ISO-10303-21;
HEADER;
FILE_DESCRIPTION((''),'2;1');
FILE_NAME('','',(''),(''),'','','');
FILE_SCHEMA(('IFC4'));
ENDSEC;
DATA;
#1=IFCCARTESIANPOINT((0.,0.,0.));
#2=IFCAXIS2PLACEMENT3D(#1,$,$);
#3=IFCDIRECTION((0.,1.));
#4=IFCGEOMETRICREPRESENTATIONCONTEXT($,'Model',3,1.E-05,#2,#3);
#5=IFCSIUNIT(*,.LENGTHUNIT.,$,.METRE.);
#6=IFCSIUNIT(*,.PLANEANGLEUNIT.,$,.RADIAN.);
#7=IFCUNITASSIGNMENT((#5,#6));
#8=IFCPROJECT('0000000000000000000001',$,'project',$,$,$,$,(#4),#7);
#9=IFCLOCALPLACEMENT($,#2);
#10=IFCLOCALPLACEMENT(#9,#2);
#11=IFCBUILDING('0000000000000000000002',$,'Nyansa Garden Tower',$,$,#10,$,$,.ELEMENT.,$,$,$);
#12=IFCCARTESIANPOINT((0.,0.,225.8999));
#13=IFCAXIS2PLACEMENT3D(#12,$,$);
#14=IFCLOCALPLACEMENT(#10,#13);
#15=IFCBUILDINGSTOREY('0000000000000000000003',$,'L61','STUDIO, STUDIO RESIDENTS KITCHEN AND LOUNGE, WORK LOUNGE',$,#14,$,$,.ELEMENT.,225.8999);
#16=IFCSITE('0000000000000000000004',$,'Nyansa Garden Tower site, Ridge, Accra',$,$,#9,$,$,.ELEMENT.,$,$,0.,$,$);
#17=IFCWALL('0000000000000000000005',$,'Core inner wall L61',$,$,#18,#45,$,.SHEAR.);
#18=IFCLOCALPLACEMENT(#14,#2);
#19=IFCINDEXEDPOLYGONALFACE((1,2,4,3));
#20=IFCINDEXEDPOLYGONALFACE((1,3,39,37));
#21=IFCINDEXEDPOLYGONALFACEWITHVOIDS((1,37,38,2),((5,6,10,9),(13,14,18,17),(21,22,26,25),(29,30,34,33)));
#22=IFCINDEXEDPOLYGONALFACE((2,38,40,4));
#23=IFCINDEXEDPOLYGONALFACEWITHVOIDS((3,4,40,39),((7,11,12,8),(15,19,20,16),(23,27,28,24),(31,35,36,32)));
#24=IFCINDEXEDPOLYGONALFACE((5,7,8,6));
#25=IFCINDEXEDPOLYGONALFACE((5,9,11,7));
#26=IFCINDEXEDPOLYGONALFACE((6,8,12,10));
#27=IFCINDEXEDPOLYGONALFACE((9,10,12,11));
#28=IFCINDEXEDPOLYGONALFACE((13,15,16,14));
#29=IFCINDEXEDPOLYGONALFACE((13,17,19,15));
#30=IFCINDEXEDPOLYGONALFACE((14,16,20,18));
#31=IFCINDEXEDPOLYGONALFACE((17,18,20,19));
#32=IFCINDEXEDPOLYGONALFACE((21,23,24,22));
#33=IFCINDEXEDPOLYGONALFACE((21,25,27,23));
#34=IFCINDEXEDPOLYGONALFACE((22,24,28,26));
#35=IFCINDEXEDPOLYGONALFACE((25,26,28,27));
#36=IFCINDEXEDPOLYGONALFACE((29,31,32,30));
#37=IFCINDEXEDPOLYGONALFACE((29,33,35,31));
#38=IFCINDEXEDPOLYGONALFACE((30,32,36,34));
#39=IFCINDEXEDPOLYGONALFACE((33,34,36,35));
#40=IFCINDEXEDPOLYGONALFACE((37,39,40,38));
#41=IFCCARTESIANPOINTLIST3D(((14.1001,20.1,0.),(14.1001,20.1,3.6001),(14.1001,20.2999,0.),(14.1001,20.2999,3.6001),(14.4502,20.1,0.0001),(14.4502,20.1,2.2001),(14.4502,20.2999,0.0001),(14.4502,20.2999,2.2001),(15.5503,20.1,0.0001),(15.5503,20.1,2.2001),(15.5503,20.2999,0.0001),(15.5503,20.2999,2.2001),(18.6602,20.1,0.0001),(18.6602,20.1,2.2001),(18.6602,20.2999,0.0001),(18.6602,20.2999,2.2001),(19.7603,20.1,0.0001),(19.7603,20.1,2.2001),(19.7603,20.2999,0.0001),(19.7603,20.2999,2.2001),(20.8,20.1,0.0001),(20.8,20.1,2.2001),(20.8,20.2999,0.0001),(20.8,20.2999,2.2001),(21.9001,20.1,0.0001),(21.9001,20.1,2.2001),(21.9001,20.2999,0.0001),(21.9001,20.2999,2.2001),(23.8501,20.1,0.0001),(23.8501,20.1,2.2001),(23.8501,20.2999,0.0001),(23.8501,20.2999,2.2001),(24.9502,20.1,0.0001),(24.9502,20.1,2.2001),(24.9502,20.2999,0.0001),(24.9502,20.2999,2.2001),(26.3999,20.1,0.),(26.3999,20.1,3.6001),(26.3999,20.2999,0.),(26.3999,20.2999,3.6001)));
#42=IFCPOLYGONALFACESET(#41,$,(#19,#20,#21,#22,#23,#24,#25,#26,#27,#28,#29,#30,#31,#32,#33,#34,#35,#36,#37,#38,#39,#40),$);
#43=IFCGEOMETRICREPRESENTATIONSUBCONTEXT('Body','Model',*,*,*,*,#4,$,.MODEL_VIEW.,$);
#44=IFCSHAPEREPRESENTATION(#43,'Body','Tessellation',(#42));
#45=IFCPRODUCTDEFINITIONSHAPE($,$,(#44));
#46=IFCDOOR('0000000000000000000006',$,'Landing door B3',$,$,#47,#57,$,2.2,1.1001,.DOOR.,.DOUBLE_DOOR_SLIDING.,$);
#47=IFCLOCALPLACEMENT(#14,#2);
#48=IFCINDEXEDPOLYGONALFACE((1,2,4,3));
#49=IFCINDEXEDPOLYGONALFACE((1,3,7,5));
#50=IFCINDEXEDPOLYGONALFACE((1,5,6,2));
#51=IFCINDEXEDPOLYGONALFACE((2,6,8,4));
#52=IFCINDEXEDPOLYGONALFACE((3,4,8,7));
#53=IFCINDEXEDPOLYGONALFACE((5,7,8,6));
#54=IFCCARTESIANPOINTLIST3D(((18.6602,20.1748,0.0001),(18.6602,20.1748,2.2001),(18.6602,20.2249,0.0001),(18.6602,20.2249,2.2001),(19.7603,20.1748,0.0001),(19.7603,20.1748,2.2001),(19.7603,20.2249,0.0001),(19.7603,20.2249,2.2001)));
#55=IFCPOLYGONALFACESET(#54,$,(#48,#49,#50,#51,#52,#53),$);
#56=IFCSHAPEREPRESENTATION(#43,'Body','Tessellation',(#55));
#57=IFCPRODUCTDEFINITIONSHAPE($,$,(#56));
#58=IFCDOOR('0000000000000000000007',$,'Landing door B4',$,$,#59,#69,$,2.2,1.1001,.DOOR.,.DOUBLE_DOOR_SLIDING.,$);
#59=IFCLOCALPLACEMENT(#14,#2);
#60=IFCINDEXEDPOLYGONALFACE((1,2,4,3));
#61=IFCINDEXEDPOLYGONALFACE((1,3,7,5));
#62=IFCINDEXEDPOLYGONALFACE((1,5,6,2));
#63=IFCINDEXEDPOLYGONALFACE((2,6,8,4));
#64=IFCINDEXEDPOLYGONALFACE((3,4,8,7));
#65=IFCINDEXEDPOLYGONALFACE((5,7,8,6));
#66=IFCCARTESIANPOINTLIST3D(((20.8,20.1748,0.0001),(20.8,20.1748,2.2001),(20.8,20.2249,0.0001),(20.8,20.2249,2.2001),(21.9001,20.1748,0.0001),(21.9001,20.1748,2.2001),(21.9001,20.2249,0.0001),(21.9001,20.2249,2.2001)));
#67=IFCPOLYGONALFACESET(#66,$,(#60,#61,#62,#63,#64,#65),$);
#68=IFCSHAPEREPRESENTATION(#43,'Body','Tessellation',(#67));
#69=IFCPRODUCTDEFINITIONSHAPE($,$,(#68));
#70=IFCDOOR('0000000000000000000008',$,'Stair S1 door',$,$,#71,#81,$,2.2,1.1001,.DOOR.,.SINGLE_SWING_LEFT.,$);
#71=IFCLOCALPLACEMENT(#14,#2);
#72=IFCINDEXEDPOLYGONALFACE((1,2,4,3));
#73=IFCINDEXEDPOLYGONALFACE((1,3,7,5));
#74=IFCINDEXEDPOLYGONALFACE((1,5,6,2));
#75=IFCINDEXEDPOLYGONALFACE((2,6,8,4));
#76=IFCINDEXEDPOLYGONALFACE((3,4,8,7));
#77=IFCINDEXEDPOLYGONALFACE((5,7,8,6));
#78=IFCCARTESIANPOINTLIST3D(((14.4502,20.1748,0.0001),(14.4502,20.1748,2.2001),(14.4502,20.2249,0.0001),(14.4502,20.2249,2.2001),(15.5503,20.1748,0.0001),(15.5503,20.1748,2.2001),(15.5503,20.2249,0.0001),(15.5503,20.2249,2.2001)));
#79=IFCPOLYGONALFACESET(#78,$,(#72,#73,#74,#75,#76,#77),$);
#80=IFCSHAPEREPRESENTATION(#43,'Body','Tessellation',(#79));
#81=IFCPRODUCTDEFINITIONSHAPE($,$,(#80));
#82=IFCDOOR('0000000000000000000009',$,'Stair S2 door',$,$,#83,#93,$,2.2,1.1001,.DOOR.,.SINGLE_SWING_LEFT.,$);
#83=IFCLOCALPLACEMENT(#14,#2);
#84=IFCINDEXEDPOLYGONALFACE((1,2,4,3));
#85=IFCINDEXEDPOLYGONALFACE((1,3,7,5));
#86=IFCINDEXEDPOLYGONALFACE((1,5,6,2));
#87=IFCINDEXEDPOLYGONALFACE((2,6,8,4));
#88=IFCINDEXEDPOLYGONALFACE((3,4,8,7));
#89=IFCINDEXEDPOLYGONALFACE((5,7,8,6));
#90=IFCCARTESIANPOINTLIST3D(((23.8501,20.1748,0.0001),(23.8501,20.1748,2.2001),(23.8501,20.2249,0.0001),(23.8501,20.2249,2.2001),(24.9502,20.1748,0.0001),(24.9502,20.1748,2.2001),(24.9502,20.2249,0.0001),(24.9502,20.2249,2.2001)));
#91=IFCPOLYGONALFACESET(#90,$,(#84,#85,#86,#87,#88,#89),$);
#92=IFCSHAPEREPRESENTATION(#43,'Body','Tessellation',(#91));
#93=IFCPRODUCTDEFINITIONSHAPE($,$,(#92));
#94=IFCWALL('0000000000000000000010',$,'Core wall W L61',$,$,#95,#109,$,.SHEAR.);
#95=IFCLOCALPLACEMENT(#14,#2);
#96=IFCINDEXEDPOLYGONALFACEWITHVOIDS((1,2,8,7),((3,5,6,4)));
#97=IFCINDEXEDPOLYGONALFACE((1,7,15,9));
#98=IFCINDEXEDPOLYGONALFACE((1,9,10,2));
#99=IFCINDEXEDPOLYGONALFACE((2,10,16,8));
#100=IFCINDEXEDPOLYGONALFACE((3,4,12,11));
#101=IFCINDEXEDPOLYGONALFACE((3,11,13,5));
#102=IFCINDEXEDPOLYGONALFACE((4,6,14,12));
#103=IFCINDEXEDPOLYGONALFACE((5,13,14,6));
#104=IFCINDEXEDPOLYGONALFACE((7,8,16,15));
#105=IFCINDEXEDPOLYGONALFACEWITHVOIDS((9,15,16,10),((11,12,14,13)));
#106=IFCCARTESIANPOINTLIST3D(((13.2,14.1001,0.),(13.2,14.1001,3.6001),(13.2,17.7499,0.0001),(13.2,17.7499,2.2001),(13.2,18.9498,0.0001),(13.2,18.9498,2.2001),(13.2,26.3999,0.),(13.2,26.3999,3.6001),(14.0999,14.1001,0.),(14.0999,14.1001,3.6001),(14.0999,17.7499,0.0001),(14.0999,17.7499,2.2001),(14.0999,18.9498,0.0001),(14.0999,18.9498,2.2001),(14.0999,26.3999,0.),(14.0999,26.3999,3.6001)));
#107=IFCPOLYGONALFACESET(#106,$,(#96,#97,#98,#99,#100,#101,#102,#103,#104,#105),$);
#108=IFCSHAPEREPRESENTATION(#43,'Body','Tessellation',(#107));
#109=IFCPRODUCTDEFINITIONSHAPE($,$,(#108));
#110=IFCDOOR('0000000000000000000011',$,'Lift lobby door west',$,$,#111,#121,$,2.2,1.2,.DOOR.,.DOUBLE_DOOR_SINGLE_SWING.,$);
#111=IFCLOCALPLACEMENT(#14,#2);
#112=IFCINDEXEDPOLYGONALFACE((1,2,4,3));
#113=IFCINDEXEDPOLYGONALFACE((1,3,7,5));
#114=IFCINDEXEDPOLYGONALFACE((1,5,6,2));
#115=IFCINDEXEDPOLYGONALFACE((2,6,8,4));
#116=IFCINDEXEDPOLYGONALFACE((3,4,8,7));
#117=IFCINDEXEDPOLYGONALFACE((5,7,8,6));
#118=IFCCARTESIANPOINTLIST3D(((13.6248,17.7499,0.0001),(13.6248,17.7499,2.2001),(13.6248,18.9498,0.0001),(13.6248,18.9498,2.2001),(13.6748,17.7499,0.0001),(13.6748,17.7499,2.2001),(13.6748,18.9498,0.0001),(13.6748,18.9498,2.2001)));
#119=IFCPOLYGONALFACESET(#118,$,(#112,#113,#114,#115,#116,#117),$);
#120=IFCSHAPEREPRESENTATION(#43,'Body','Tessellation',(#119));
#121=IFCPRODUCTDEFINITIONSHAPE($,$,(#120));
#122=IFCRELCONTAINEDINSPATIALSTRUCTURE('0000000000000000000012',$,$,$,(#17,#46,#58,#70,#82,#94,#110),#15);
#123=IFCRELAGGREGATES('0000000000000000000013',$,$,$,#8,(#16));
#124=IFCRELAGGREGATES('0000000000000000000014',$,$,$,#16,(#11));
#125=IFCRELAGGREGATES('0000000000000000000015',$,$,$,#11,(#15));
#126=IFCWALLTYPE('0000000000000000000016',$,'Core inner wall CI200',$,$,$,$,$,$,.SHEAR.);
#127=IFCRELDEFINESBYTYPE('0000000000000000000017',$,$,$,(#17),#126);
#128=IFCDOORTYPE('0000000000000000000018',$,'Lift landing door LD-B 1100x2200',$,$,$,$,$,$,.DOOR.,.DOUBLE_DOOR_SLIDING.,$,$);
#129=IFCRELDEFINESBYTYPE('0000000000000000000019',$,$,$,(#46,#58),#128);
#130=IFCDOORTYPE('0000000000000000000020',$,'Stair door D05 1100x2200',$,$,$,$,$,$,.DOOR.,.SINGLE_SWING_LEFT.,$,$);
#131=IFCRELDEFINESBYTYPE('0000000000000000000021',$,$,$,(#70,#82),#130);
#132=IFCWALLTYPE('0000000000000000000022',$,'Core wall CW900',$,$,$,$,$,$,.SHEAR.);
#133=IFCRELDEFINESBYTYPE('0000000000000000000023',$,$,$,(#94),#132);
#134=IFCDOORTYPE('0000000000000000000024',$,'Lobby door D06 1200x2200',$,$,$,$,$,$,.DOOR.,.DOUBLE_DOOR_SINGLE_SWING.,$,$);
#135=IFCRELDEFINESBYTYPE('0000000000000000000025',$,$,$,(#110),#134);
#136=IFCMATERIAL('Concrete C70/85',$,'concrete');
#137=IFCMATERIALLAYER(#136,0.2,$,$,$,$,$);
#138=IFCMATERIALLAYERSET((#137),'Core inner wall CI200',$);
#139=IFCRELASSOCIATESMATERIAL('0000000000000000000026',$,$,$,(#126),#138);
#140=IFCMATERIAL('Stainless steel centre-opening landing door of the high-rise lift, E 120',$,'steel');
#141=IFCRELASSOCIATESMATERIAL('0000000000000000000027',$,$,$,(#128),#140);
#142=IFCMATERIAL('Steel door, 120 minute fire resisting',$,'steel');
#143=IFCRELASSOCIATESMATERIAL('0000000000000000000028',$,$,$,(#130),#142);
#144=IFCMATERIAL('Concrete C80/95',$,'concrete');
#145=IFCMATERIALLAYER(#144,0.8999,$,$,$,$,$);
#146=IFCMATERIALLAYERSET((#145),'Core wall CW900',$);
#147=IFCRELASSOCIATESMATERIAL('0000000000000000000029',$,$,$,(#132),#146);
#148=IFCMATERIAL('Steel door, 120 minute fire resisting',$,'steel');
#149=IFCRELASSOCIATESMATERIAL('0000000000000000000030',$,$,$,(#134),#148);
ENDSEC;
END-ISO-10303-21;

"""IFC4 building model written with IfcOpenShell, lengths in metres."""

from ifc_helpers import new_model, si_unit, direction, frame, frame_2d, origin, place, context, subcontext, project, spatial, rectangle, extrude, material, layer, layer_set, type_object, element, fill, save


model = new_model("IFC4")

# Units and contexts
model_context = context("Model", 3, precision=1e-05, world=origin(), true_north=direction((0.0, 1.0)))
body_context = subcontext(model_context, "Body", "Model", "MODEL_VIEW")
ifc_project = project(units=[si_unit("LENGTHUNIT", "METRE"), si_unit("PLANEANGLEUNIT", "RADIAN")], contexts=[model_context])

# Site, building, storey
site_placement = place(None, origin())
site = spatial("IfcSite", under=ifc_project, at=site_placement, Name="Nyansa Garden Tower site, Ridge, Accra", CompositionType="ELEMENT", RefElevation=0.0)
building_placement = place(site_placement, origin())
building = spatial("IfcBuilding", under=site, at=building_placement, Name="Nyansa Garden Tower", CompositionType="ELEMENT")
storey_placement = place(building_placement, frame((0.0, 0.0, 225.8999)))
storey = spatial("IfcBuildingStorey", under=building, at=storey_placement, Name="L61", Description="STUDIO, STUDIO RESIDENTS KITCHEN AND LOUNGE, WORK LOUNGE", CompositionType="ELEMENT", Elevation=225.8999)

# Wall, openings, doors
ifc_material_1 = material(Name="Concrete C70/85", Category="concrete")
ifc_layer_1 = layer(ifc_material_1, 0.2)
ifc_layer_set_1 = layer_set([ifc_layer_1], Name="Core inner wall CI200")
wall_type_1 = type_object("IfcWallType", Name="Core inner wall CI200", PredefinedType="SHEAR", material=ifc_layer_set_1)
wall_1_placement = place(storey_placement, frame((14.1001, 20.2, 0.0), z_axis=(0.0, 0.0, 1.0), x_axis=(1.0, 0.0, 0.0)))
wall_1 = element("IfcWall", 1, at=wall_1_placement, inside=storey, type_object=wall_type_1, Name="Core inner wall L61", PredefinedType="SHEAR", context=body_context, shape_type="SweptSolid", body=[
    extrude(rectangle(XDim=12.2998, YDim=0.2, at=frame_2d((6.1499, 0.0))), origin(), (0.0, 0.0, 1.0), 3.6001),
])
opening_1_placement = place(wall_1_placement, frame((4.5601, 0.0, 0.0)))
opening_1 = element("IfcOpeningElement", 2, at=opening_1_placement, cuts=wall_1, PredefinedType="OPENING", context=body_context, shape_type="SweptSolid", body=[
    extrude(rectangle(XDim=1.1001, YDim=2.2, at=frame_2d((0.55, 1.1001))), frame((0.0, 0.1099, 0.0), z_axis=(0.0, -1.0, 0.0), x_axis=(1.0, 0.0, 0.0)), (0.0, 0.0, 1.0), 0.22),
])
opening_2_placement = place(wall_1_placement, frame((6.7, 0.0, 0.0)))
opening_2 = element("IfcOpeningElement", 3, at=opening_2_placement, cuts=wall_1, PredefinedType="OPENING", context=body_context, shape_type="SweptSolid", body=[
    extrude(rectangle(XDim=1.1001, YDim=2.2, at=frame_2d((0.55, 1.1001))), frame((0.0, 0.1099, 0.0), z_axis=(0.0, -1.0, 0.0), x_axis=(1.0, 0.0, 0.0)), (0.0, 0.0, 1.0), 0.22),
])
opening_3_placement = place(wall_1_placement, frame((0.3501, 0.0, 0.0)))
opening_3 = element("IfcOpeningElement", 4, at=opening_3_placement, cuts=wall_1, PredefinedType="OPENING", context=body_context, shape_type="SweptSolid", body=[
    extrude(rectangle(XDim=1.1001, YDim=2.2, at=frame_2d((0.55, 1.1001))), frame((0.0, 0.1099, 0.0), z_axis=(0.0, -1.0, 0.0), x_axis=(1.0, 0.0, 0.0)), (0.0, 0.0, 1.0), 0.22),
])
opening_4_placement = place(wall_1_placement, frame((9.75, 0.0, 0.0)))
opening_4 = element("IfcOpeningElement", 5, at=opening_4_placement, cuts=wall_1, PredefinedType="OPENING", context=body_context, shape_type="SweptSolid", body=[
    extrude(rectangle(XDim=1.1001, YDim=2.2, at=frame_2d((0.55, 1.1001))), frame((0.0, 0.1099, 0.0), z_axis=(0.0, -1.0, 0.0), x_axis=(1.0, 0.0, 0.0)), (0.0, 0.0, 1.0), 0.22),
])
ifc_material_2 = material(Name="Stainless steel centre-opening landing door of the high-rise lift, E 120", Category="steel")
door_type_1 = type_object("IfcDoorType", Name="Lift landing door LD-B 1100x2200", OperationType="DOUBLE_DOOR_SLIDING", PredefinedType="DOOR", material=ifc_material_2)
door_1_placement = place(opening_1_placement, origin())
door_1 = element("IfcDoor", 6, at=door_1_placement, inside=storey, type_object=door_type_1, Name="Landing door B3", OperationType="DOUBLE_DOOR_SLIDING", OverallHeight=2.2, OverallWidth=1.1001, PredefinedType="DOOR", context=body_context, shape_type="SweptSolid", body=[
    extrude(rectangle(XDim=1.1001, YDim=2.2, at=frame_2d((0.55, 1.1001))), frame((0.0, 0.0249, 0.0), z_axis=(0.0, -1.0, 0.0), x_axis=(1.0, 0.0, 0.0)), (0.0, 0.0, 1.0), 0.05),
])
fill(opening_1, door_1)
door_2_placement = place(opening_2_placement, origin())
door_2 = element("IfcDoor", 7, at=door_2_placement, inside=storey, type_object=door_type_1, Name="Landing door B4", OperationType="DOUBLE_DOOR_SLIDING", OverallHeight=2.2, OverallWidth=1.1001, PredefinedType="DOOR", context=body_context, shape_type="SweptSolid", body=[
    extrude(rectangle(XDim=1.1001, YDim=2.2, at=frame_2d((0.55, 1.1001))), frame((0.0, 0.0249, 0.0), z_axis=(0.0, -1.0, 0.0), x_axis=(1.0, 0.0, 0.0)), (0.0, 0.0, 1.0), 0.05),
])
fill(opening_2, door_2)
ifc_material_3 = material(Name="Steel door, 120 minute fire resisting", Category="steel")
door_type_2 = type_object("IfcDoorType", Name="Stair door D05 1100x2200", OperationType="SINGLE_SWING_LEFT", PredefinedType="DOOR", material=ifc_material_3)
door_3_placement = place(opening_3_placement, origin())
door_3 = element("IfcDoor", 8, at=door_3_placement, inside=storey, type_object=door_type_2, Name="Stair S1 door", OperationType="SINGLE_SWING_LEFT", OverallHeight=2.2, OverallWidth=1.1001, PredefinedType="DOOR", context=body_context, shape_type="SweptSolid", body=[
    extrude(rectangle(XDim=1.1001, YDim=2.2, at=frame_2d((0.55, 1.1001))), frame((0.0, 0.0249, 0.0), z_axis=(0.0, -1.0, 0.0), x_axis=(1.0, 0.0, 0.0)), (0.0, 0.0, 1.0), 0.05),
])
fill(opening_3, door_3)
door_4_placement = place(opening_4_placement, origin())
door_4 = element("IfcDoor", 9, at=door_4_placement, inside=storey, type_object=door_type_2, Name="Stair S2 door", OperationType="SINGLE_SWING_LEFT", OverallHeight=2.2, OverallWidth=1.1001, PredefinedType="DOOR", context=body_context, shape_type="SweptSolid", body=[
    extrude(rectangle(XDim=1.1001, YDim=2.2, at=frame_2d((0.55, 1.1001))), frame((0.0, 0.0249, 0.0), z_axis=(0.0, -1.0, 0.0), x_axis=(1.0, 0.0, 0.0)), (0.0, 0.0, 1.0), 0.05),
])
fill(opening_4, door_4)

# Wall, opening, door
ifc_material_4 = material(Name="Concrete C80/95", Category="concrete")
ifc_layer_2 = layer(ifc_material_4, 0.8999)
ifc_layer_set_2 = layer_set([ifc_layer_2], Name="Core wall CW900")
wall_type_2 = type_object("IfcWallType", Name="Core wall CW900", PredefinedType="SHEAR", material=ifc_layer_set_2)
wall_2_placement = place(storey_placement, frame((13.6499, 26.3999, 0.0), z_axis=(0.0, 0.0, 1.0), x_axis=(0.0, -1.0, 0.0)))
wall_2 = element("IfcWall", 10, at=wall_2_placement, inside=storey, type_object=wall_type_2, Name="Core wall W L61", PredefinedType="SHEAR", context=body_context, shape_type="SweptSolid", body=[
    extrude(rectangle(XDim=12.2998, YDim=0.8999, at=frame_2d((6.1499, 0.0))), origin(), (0.0, 0.0, 1.0), 3.6001),
])
opening_5_placement = place(wall_2_placement, frame((7.45, 0.0, 0.0)))
opening_5 = element("IfcOpeningElement", 11, at=opening_5_placement, cuts=wall_2, PredefinedType="OPENING", context=body_context, shape_type="SweptSolid", body=[
    extrude(rectangle(XDim=1.2, YDim=2.2, at=frame_2d((0.6001, 1.1001))), frame((0.0, 0.46, 0.0), z_axis=(0.0, -1.0, 0.0), x_axis=(1.0, 0.0, 0.0)), (0.0, 0.0, 1.0), 0.9199),
])
ifc_material_5 = material(Name="Steel door, 120 minute fire resisting", Category="steel")
door_type_3 = type_object("IfcDoorType", Name="Lobby door D06 1200x2200", OperationType="DOUBLE_DOOR_SINGLE_SWING", PredefinedType="DOOR", material=ifc_material_5)
door_5_placement = place(opening_5_placement, origin())
door_5 = element("IfcDoor", 12, at=door_5_placement, inside=storey, type_object=door_type_3, Name="Lift lobby door west", OperationType="DOUBLE_DOOR_SINGLE_SWING", OverallHeight=2.2, OverallWidth=1.2, PredefinedType="DOOR", context=body_context, shape_type="SweptSolid", body=[
    extrude(rectangle(XDim=1.2, YDim=2.2, at=frame_2d((0.6001, 1.1001))), frame((0.0, 0.0249, 0.0), z_axis=(0.0, -1.0, 0.0), x_axis=(1.0, 0.0, 0.0)), (0.0, 0.0, 1.0), 0.05),
])
fill(opening_5, door_5)

save(model, "model.ifc")
